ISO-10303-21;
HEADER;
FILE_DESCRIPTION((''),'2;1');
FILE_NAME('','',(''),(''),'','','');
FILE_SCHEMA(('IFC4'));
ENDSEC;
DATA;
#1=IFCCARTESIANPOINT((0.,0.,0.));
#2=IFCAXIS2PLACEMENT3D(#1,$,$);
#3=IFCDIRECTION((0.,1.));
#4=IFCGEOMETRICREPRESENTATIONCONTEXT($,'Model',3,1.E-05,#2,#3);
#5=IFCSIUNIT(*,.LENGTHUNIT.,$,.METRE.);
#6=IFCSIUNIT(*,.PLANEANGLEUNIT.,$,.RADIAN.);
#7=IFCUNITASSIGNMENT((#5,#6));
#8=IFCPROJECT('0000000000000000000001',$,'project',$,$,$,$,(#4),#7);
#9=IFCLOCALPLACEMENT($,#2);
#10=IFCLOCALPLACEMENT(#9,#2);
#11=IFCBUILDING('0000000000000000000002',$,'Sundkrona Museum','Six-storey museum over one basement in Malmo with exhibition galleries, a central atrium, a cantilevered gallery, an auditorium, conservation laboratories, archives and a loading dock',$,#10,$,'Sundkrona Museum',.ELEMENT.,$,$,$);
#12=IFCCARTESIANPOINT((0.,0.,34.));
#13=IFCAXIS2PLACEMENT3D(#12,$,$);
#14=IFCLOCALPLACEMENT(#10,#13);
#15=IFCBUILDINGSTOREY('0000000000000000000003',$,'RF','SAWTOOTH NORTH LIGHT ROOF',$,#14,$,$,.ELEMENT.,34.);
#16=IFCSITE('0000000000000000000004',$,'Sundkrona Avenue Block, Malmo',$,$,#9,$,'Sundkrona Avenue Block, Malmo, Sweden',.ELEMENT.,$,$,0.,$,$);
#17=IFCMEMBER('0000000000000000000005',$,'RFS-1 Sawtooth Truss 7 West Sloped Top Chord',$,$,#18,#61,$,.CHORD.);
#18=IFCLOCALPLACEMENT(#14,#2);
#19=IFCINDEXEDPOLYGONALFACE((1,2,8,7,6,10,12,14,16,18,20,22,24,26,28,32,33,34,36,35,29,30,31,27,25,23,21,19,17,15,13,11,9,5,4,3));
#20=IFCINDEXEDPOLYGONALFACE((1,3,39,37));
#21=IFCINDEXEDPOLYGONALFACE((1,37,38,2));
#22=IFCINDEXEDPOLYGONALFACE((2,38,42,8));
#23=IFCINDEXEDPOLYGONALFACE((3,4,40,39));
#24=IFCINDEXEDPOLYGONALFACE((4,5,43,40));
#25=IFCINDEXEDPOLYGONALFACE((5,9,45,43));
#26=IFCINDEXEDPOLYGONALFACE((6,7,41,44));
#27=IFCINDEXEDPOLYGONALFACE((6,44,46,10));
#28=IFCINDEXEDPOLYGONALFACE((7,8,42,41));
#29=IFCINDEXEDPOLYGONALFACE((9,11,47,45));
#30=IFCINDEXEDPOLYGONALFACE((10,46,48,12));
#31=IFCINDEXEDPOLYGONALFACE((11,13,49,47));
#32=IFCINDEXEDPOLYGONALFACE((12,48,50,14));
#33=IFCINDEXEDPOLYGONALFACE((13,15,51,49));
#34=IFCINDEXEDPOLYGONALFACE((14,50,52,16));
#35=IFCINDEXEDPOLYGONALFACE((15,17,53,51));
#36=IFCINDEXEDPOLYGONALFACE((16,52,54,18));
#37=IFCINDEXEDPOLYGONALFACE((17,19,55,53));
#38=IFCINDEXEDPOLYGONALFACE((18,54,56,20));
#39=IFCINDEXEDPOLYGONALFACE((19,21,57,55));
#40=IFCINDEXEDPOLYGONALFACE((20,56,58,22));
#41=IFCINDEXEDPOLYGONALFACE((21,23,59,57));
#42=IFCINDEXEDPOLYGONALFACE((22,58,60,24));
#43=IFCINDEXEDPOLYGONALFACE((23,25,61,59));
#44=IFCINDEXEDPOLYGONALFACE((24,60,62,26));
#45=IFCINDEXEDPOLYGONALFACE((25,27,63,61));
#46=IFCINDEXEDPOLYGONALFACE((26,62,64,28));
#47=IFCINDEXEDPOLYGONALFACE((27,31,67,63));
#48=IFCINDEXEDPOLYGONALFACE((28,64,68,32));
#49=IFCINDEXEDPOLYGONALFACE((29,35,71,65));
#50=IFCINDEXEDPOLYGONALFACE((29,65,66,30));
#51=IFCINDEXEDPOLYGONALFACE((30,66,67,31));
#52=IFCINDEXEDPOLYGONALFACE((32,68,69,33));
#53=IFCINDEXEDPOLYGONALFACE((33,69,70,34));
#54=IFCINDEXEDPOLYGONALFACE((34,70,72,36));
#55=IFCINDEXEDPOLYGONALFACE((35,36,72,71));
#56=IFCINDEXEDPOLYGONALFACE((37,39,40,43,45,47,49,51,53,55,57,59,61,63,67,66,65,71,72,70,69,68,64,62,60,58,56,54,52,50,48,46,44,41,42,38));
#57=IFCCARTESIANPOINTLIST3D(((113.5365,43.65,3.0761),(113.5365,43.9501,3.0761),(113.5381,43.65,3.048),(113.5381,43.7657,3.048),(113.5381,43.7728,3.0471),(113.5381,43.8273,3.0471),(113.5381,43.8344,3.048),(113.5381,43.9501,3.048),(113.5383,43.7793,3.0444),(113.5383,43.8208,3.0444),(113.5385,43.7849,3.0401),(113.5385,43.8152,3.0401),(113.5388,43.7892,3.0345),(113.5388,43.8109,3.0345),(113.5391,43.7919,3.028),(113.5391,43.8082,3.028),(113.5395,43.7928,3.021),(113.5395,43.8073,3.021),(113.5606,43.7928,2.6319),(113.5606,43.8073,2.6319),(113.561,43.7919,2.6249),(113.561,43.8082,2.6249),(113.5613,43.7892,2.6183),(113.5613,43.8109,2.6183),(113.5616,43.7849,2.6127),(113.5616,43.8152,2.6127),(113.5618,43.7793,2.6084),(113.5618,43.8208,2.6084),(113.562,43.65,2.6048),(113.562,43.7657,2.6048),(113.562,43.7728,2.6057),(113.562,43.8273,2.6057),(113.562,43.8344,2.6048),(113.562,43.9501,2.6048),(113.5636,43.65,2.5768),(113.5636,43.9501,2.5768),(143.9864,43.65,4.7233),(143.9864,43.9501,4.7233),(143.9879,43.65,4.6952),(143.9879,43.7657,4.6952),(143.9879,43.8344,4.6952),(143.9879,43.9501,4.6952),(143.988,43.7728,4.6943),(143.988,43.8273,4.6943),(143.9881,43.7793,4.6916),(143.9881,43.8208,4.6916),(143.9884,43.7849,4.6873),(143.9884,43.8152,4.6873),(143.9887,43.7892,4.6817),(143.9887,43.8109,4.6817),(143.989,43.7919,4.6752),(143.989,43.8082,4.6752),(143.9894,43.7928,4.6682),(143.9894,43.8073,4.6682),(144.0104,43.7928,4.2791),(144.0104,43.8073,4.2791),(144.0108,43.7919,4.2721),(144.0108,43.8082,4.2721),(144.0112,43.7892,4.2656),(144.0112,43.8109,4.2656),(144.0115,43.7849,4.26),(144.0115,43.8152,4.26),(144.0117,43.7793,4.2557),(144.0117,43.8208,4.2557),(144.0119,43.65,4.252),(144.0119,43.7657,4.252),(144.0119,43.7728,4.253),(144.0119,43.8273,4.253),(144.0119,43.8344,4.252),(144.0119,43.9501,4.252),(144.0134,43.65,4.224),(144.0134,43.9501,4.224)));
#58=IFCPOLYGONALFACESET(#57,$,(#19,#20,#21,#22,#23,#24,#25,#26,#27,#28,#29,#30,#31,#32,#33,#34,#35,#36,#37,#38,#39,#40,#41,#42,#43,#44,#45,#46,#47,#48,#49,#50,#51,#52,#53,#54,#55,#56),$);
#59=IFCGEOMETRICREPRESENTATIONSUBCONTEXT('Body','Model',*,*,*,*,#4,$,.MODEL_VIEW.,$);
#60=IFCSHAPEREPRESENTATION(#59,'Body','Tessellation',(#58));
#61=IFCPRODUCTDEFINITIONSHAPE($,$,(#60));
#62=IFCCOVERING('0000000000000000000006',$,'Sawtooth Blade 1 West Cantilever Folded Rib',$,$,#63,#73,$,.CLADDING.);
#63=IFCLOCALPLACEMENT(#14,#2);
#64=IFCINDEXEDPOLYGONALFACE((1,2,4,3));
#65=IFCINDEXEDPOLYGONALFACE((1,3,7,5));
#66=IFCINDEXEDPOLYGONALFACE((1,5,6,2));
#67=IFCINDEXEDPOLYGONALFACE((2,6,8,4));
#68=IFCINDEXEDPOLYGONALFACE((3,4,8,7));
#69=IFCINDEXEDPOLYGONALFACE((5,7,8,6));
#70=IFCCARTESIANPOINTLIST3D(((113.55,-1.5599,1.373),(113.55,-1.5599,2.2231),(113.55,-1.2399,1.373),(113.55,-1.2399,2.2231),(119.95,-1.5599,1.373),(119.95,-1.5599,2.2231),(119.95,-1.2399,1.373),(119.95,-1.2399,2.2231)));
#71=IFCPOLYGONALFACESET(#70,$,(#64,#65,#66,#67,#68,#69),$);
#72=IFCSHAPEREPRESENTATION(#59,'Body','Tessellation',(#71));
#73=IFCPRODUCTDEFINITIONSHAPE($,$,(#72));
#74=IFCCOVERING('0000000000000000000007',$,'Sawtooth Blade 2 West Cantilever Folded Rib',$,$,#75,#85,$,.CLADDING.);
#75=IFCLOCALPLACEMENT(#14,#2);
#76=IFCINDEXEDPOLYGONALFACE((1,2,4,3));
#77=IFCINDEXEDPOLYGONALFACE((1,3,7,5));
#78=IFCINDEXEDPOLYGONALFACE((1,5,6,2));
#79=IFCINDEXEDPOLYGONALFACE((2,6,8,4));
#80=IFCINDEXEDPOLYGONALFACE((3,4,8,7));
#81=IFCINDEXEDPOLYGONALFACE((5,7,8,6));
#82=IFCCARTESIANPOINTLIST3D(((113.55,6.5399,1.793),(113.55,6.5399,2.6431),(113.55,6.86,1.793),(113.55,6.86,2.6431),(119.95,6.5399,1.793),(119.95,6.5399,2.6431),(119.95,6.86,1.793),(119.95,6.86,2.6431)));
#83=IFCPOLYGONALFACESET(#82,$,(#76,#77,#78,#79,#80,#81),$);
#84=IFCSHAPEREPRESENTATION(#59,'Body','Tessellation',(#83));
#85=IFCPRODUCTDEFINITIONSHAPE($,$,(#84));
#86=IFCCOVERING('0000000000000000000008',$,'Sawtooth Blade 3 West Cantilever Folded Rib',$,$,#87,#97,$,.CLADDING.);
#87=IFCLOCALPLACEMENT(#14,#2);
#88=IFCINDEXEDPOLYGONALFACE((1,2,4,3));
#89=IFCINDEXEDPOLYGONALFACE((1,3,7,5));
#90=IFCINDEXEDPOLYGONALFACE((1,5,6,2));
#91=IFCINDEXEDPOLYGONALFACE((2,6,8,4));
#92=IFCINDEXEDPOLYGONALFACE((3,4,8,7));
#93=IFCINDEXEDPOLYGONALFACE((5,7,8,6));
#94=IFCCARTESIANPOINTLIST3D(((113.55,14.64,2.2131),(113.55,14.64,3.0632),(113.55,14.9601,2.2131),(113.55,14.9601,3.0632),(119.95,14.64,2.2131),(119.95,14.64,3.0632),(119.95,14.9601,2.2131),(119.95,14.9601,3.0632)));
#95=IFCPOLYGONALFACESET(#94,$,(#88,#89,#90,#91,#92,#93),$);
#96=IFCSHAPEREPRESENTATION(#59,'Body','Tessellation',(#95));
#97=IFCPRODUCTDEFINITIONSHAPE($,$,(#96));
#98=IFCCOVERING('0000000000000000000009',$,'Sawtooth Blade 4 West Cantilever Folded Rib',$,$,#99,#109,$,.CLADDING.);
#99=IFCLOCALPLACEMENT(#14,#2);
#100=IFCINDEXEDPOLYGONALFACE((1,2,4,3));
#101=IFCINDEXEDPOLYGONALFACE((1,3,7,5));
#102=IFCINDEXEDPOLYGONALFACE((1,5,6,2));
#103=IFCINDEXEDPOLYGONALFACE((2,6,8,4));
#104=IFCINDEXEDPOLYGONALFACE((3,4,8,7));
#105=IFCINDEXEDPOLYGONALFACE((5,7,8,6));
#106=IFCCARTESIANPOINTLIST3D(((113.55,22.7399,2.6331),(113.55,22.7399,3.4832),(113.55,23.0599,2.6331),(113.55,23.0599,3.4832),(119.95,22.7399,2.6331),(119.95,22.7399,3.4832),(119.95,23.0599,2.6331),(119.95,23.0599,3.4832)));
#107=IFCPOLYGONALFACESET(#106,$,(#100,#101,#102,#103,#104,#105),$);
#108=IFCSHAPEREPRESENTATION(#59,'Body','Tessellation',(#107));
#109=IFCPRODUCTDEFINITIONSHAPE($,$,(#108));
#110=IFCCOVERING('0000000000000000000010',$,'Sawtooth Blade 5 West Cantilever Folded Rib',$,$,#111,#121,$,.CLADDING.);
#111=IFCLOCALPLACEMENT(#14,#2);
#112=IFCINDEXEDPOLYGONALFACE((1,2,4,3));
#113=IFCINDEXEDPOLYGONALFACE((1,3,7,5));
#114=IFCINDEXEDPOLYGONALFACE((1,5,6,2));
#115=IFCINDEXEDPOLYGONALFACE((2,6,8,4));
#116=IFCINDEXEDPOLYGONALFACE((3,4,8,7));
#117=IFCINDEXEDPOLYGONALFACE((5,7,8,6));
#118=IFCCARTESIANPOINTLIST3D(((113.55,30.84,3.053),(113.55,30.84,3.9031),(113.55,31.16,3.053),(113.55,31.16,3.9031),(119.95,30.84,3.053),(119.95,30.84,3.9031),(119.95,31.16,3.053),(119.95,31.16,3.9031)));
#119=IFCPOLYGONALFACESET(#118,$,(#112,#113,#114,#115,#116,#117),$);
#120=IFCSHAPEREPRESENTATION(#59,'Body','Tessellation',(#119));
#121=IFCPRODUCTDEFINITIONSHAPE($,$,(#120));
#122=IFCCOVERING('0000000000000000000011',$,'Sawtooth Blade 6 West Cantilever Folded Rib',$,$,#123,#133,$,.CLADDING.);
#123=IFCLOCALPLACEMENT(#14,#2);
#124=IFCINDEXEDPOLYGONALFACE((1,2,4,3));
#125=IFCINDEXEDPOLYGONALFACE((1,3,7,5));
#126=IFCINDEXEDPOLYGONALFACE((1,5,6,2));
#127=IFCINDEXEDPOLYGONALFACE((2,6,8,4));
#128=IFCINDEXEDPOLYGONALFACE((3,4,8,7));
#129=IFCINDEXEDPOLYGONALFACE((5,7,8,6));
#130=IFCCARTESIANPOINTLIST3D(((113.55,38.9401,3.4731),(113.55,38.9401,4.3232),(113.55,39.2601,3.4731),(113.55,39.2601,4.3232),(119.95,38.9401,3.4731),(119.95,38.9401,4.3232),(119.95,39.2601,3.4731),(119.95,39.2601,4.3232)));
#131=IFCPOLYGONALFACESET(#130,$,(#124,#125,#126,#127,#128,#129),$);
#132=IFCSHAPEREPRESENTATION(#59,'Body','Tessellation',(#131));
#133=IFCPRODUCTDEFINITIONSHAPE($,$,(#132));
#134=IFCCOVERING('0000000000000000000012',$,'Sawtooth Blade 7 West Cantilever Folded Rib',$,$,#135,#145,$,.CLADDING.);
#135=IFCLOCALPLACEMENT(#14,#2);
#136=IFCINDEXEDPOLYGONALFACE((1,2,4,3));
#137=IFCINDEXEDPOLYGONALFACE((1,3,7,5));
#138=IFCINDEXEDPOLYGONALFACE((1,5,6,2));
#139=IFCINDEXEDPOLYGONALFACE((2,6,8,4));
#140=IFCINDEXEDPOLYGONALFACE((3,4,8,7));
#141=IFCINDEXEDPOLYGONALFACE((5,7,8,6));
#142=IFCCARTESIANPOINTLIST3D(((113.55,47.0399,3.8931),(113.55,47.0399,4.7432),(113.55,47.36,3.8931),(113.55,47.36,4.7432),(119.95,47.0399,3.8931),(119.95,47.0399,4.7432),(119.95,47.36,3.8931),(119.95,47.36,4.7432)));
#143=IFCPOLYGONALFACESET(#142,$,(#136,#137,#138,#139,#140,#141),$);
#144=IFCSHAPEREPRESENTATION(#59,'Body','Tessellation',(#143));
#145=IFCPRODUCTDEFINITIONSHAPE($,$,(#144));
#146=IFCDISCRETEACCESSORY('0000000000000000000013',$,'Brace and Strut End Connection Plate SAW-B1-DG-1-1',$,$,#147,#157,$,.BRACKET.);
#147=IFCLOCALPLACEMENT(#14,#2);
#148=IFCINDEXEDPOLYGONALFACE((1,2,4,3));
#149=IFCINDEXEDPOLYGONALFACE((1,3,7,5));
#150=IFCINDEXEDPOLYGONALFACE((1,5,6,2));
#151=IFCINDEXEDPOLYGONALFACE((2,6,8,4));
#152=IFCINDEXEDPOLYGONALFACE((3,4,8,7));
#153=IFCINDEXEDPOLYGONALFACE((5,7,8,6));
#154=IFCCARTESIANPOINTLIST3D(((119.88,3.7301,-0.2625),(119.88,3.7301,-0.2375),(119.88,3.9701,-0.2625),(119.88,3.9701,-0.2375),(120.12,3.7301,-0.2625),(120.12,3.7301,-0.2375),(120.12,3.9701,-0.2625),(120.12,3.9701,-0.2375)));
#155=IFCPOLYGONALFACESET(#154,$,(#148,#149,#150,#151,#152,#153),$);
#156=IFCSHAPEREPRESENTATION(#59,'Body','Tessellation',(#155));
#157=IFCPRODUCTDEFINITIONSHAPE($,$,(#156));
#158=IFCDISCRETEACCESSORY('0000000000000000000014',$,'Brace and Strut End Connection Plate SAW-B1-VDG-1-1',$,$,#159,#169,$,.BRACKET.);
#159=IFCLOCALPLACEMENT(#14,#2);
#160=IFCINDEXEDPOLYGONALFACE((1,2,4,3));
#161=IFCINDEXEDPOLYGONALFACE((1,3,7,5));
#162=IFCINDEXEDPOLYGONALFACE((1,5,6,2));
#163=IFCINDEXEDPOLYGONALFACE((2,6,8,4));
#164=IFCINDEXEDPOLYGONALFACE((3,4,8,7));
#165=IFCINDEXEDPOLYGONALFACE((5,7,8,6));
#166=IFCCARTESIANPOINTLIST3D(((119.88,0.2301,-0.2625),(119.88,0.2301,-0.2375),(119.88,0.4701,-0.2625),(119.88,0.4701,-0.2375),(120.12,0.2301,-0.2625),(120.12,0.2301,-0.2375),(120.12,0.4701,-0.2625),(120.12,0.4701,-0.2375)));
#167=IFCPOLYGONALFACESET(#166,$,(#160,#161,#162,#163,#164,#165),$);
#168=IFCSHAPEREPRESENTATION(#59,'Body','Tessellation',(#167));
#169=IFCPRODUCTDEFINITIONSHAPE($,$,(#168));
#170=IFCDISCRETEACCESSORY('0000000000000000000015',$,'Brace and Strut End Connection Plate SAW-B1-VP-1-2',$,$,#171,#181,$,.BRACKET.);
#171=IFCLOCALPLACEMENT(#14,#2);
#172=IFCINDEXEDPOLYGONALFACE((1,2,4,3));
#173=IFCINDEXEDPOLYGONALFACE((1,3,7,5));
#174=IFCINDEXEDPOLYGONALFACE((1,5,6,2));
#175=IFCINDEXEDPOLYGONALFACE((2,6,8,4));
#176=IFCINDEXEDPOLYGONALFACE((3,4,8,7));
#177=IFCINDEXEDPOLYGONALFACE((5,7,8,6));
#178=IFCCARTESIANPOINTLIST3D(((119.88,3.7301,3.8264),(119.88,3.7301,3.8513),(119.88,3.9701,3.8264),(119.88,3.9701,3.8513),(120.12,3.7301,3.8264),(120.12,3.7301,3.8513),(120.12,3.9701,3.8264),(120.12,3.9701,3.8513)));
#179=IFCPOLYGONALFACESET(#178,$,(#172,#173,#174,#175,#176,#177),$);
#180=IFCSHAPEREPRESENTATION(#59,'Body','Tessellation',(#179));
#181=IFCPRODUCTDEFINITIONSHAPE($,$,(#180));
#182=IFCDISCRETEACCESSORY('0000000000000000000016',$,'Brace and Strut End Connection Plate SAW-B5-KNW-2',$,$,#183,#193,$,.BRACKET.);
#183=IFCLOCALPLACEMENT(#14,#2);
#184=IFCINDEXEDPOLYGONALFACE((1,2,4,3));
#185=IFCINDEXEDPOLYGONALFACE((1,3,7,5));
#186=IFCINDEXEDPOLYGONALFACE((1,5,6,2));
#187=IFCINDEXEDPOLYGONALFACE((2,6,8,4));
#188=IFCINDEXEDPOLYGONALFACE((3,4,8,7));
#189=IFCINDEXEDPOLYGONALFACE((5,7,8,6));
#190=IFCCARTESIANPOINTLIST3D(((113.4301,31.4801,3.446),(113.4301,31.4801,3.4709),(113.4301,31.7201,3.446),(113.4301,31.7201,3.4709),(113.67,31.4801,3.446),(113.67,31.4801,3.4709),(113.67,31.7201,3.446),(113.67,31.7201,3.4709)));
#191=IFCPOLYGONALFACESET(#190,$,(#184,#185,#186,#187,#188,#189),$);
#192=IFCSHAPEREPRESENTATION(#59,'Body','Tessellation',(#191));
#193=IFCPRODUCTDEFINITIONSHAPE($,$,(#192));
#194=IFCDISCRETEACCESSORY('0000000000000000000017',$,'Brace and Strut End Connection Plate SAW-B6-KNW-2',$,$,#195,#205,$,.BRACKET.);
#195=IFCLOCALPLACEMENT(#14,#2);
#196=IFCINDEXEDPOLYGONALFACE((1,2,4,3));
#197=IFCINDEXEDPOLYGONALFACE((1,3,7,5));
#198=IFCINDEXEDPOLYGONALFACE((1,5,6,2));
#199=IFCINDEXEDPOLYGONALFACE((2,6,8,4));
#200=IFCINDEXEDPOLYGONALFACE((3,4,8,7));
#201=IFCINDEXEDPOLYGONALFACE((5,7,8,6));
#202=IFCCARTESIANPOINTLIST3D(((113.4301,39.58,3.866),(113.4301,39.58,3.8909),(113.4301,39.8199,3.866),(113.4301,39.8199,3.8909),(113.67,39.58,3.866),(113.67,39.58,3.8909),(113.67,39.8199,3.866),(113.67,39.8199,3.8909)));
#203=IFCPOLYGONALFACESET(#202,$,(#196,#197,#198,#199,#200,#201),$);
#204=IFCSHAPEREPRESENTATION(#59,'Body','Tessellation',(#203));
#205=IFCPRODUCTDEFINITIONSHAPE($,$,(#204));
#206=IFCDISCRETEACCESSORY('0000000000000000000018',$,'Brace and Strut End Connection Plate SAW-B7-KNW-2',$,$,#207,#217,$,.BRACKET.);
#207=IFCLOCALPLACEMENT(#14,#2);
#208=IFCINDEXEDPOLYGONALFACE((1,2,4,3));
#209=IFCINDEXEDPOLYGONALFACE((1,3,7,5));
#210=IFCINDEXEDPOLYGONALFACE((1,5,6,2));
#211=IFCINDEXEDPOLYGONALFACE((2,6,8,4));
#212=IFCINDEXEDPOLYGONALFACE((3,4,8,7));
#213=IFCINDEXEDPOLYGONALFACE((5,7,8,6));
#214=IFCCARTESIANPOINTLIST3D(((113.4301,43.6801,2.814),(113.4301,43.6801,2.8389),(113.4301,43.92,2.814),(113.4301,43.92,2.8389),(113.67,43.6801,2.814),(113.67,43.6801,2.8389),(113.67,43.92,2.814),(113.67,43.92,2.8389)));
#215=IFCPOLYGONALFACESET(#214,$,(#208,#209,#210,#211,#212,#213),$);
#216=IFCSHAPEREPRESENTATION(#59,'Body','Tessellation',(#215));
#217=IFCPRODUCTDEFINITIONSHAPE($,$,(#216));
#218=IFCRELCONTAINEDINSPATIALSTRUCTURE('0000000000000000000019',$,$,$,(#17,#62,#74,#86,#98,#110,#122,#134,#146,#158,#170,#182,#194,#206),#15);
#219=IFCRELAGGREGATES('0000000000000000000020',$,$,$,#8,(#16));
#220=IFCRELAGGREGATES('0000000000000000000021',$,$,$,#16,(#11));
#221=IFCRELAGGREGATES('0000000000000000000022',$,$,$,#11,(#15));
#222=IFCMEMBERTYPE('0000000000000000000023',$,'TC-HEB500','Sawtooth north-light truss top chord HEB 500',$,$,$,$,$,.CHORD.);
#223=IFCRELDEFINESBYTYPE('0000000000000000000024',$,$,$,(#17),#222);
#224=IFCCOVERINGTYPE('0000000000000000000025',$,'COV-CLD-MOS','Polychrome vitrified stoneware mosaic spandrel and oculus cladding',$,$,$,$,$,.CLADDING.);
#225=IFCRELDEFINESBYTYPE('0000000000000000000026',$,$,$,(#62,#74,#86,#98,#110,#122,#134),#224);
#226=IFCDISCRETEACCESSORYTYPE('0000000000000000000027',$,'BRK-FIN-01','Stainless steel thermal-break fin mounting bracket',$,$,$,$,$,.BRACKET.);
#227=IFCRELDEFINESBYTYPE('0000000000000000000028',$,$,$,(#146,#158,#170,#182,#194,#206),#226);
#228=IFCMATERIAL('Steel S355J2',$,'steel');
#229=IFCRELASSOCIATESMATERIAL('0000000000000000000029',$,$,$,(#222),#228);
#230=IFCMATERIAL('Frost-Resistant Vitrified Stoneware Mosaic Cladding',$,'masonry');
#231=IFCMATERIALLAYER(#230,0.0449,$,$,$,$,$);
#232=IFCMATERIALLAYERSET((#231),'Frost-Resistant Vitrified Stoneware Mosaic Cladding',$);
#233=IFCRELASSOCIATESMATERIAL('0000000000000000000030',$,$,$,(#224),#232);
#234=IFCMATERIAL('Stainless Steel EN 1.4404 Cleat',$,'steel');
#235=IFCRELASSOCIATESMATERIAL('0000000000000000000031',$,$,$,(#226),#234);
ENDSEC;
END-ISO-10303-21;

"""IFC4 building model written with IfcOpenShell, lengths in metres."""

from ifc_helpers import new_model, si_unit, direction, frame, origin, origin_2d, place, context, subcontext, project, spatial, rectangle, i_section, extrude, material, layer, layer_set, material_profile, profile_set, type_object, element, save


model = new_model("IFC4")

# Units and contexts
model_context = context("Model", 3, precision=1e-05, world=origin(), true_north=direction((0.0, 1.0)))
body_context = subcontext(model_context, "Body", "Model", "MODEL_VIEW")
ifc_project = project(units=[si_unit("LENGTHUNIT", "METRE"), si_unit("PLANEANGLEUNIT", "RADIAN")], contexts=[model_context])

# Site, building, storey
site_placement = place(None, origin())
site = spatial("IfcSite", under=ifc_project, at=site_placement, Name="Sundkrona Avenue Block, Malmo", LongName="Sundkrona Avenue Block, Malmo, Sweden", CompositionType="ELEMENT", RefElevation=0.0)
building_placement = place(site_placement, origin())
building = spatial("IfcBuilding", under=site, at=building_placement, Name="Sundkrona Museum", Description="Six-storey museum over one basement in Malmo with exhibition galleries, a central atrium, a cantilevered gallery, an auditorium, conservation laboratories, archives and a loading dock", LongName="Sundkrona Museum", CompositionType="ELEMENT")
storey_placement = place(building_placement, frame((0.0, 0.0, 34.0)))
storey = spatial("IfcBuildingStorey", under=building, at=storey_placement, Name="RF", Description="SAWTOOTH NORTH LIGHT ROOF", CompositionType="ELEMENT", Elevation=34.0)

# Member
ifc_material_1 = material(Name="Steel S355J2", Category="steel")
ifc_material_profile_1 = material_profile(ifc_material_1, i_section(OverallWidth=0.3, OverallDepth=0.5, WebThickness=0.0144, FlangeThickness=0.0281, FilletRadius=0.0271, at=origin_2d()), Name="HEB 500")
ifc_profile_set_1 = profile_set([ifc_material_profile_1], Name="Steel S355J2")
member_type_1 = type_object("IfcMemberType", Name="TC-HEB500", Description="Sawtooth north-light truss top chord HEB 500", PredefinedType="CHORD", material=ifc_profile_set_1)
for number, where, z_axis, x_axis, name in (
    (1, (113.55, 43.8, 2.8264), (0.99854, 0.0, 0.054017), (0.0, 1.0, 0.0), "RFS-1 Sawtooth Truss 7 West Sloped Top Chord"),
):
    element("IfcMember", number, at=place(storey_placement, frame(where, z_axis=z_axis, x_axis=x_axis)), inside=storey, type_object=member_type_1, Name=name, PredefinedType="CHORD", context=body_context, shape_type="SweptSolid", body=[
        extrude(i_section(OverallWidth=0.3, OverallDepth=0.5, WebThickness=0.0144, FlangeThickness=0.0281, FilletRadius=0.0271, at=origin_2d()), origin(), (0.0, 0.0, 1.0), 30.4944),
    ])

# Coverings
ifc_material_2 = material(Name="Frost-Resistant Vitrified Stoneware Mosaic Cladding", Category="masonry")
ifc_layer = layer(ifc_material_2, 0.0449)
ifc_layer_set = layer_set([ifc_layer], Name="Frost-Resistant Vitrified Stoneware Mosaic Cladding")
covering_type = type_object("IfcCoveringType", Name="COV-CLD-MOS", Description="Polychrome vitrified stoneware mosaic spandrel and oculus cladding", PredefinedType="CLADDING", material=ifc_layer_set)
for number, where, z_axis, x_axis, name in (
    (2, (116.75, -1.3999, 1.373), (0.0, 0.0, 1.0), (1.0, 0.0, 0.0), "Sawtooth Blade 1 West Cantilever Folded Rib"),
    (3, (116.75, 6.7, 1.793), (0.0, 0.0, 1.0), (1.0, 0.0, 0.0), "Sawtooth Blade 2 West Cantilever Folded Rib"),
    (4, (116.75, 14.8, 2.2131), (0.0, 0.0, 1.0), (1.0, 0.0, 0.0), "Sawtooth Blade 3 West Cantilever Folded Rib"),
    (5, (116.75, 22.8999, 2.6331), (0.0, 0.0, 1.0), (1.0, 0.0, 0.0), "Sawtooth Blade 4 West Cantilever Folded Rib"),
    (6, (116.75, 31.0, 3.053), (0.0, 0.0, 1.0), (1.0, 0.0, 0.0), "Sawtooth Blade 5 West Cantilever Folded Rib"),
    (7, (116.75, 39.1001, 3.4731), (0.0, 0.0, 1.0), (1.0, 0.0, 0.0), "Sawtooth Blade 6 West Cantilever Folded Rib"),
    (8, (116.75, 47.2, 3.8931), (0.0, 0.0, 1.0), (1.0, 0.0, 0.0), "Sawtooth Blade 7 West Cantilever Folded Rib"),
):
    element("IfcCovering", number, at=place(storey_placement, frame(where, z_axis=z_axis, x_axis=x_axis)), inside=storey, type_object=covering_type, Name=name, PredefinedType="CLADDING", context=body_context, shape_type="SweptSolid", body=[
        extrude(rectangle(XDim=6.3999, YDim=0.3201, at=origin_2d()), origin(), (0.0, 0.0, 1.0), 0.8501),
    ])

# Discrete accessories
ifc_material_3 = material(Name="Stainless Steel EN 1.4404 Cleat", Category="steel")
discrete_accessory_type = type_object("IfcDiscreteAccessoryType", Name="BRK-FIN-01", Description="Stainless steel thermal-break fin mounting bracket", PredefinedType="BRACKET", material=ifc_material_3)
for number, where, z_axis, x_axis, name in (
    (9, (120.0, 3.8501, -0.2625), (0.0, 0.0, 1.0), (1.0, 0.0, 0.0), "Brace and Strut End Connection Plate SAW-B1-DG-1-1"),
    (10, (120.0, 0.3501, -0.2625), (0.0, 0.0, 1.0), (1.0, 0.0, 0.0), "Brace and Strut End Connection Plate SAW-B1-VDG-1-1"),
    (11, (120.0, 3.8501, 3.8264), (0.0, 0.0, 1.0), (1.0, 0.0, 0.0), "Brace and Strut End Connection Plate SAW-B1-VP-1-2"),
    (12, (113.55, 31.6001, 3.446), (0.0, 0.0, 1.0), (1.0, 0.0, 0.0), "Brace and Strut End Connection Plate SAW-B5-KNW-2"),
    (13, (113.55, 39.7, 3.866), (0.0, 0.0, 1.0), (1.0, 0.0, 0.0), "Brace and Strut End Connection Plate SAW-B6-KNW-2"),
    (14, (113.55, 43.8, 2.814), (0.0, 0.0, 1.0), (1.0, 0.0, 0.0), "Brace and Strut End Connection Plate SAW-B7-KNW-2"),
):
    element("IfcDiscreteAccessory", number, at=place(storey_placement, frame(where, z_axis=z_axis, x_axis=x_axis)), inside=storey, type_object=discrete_accessory_type, Name=name, PredefinedType="BRACKET", context=body_context, shape_type="SweptSolid", body=[
        extrude(rectangle(XDim=0.24, YDim=0.24, at=origin_2d()), origin(), (0.0, 0.0, 1.0), 0.0249),
    ])

save(model, "model.ifc")
